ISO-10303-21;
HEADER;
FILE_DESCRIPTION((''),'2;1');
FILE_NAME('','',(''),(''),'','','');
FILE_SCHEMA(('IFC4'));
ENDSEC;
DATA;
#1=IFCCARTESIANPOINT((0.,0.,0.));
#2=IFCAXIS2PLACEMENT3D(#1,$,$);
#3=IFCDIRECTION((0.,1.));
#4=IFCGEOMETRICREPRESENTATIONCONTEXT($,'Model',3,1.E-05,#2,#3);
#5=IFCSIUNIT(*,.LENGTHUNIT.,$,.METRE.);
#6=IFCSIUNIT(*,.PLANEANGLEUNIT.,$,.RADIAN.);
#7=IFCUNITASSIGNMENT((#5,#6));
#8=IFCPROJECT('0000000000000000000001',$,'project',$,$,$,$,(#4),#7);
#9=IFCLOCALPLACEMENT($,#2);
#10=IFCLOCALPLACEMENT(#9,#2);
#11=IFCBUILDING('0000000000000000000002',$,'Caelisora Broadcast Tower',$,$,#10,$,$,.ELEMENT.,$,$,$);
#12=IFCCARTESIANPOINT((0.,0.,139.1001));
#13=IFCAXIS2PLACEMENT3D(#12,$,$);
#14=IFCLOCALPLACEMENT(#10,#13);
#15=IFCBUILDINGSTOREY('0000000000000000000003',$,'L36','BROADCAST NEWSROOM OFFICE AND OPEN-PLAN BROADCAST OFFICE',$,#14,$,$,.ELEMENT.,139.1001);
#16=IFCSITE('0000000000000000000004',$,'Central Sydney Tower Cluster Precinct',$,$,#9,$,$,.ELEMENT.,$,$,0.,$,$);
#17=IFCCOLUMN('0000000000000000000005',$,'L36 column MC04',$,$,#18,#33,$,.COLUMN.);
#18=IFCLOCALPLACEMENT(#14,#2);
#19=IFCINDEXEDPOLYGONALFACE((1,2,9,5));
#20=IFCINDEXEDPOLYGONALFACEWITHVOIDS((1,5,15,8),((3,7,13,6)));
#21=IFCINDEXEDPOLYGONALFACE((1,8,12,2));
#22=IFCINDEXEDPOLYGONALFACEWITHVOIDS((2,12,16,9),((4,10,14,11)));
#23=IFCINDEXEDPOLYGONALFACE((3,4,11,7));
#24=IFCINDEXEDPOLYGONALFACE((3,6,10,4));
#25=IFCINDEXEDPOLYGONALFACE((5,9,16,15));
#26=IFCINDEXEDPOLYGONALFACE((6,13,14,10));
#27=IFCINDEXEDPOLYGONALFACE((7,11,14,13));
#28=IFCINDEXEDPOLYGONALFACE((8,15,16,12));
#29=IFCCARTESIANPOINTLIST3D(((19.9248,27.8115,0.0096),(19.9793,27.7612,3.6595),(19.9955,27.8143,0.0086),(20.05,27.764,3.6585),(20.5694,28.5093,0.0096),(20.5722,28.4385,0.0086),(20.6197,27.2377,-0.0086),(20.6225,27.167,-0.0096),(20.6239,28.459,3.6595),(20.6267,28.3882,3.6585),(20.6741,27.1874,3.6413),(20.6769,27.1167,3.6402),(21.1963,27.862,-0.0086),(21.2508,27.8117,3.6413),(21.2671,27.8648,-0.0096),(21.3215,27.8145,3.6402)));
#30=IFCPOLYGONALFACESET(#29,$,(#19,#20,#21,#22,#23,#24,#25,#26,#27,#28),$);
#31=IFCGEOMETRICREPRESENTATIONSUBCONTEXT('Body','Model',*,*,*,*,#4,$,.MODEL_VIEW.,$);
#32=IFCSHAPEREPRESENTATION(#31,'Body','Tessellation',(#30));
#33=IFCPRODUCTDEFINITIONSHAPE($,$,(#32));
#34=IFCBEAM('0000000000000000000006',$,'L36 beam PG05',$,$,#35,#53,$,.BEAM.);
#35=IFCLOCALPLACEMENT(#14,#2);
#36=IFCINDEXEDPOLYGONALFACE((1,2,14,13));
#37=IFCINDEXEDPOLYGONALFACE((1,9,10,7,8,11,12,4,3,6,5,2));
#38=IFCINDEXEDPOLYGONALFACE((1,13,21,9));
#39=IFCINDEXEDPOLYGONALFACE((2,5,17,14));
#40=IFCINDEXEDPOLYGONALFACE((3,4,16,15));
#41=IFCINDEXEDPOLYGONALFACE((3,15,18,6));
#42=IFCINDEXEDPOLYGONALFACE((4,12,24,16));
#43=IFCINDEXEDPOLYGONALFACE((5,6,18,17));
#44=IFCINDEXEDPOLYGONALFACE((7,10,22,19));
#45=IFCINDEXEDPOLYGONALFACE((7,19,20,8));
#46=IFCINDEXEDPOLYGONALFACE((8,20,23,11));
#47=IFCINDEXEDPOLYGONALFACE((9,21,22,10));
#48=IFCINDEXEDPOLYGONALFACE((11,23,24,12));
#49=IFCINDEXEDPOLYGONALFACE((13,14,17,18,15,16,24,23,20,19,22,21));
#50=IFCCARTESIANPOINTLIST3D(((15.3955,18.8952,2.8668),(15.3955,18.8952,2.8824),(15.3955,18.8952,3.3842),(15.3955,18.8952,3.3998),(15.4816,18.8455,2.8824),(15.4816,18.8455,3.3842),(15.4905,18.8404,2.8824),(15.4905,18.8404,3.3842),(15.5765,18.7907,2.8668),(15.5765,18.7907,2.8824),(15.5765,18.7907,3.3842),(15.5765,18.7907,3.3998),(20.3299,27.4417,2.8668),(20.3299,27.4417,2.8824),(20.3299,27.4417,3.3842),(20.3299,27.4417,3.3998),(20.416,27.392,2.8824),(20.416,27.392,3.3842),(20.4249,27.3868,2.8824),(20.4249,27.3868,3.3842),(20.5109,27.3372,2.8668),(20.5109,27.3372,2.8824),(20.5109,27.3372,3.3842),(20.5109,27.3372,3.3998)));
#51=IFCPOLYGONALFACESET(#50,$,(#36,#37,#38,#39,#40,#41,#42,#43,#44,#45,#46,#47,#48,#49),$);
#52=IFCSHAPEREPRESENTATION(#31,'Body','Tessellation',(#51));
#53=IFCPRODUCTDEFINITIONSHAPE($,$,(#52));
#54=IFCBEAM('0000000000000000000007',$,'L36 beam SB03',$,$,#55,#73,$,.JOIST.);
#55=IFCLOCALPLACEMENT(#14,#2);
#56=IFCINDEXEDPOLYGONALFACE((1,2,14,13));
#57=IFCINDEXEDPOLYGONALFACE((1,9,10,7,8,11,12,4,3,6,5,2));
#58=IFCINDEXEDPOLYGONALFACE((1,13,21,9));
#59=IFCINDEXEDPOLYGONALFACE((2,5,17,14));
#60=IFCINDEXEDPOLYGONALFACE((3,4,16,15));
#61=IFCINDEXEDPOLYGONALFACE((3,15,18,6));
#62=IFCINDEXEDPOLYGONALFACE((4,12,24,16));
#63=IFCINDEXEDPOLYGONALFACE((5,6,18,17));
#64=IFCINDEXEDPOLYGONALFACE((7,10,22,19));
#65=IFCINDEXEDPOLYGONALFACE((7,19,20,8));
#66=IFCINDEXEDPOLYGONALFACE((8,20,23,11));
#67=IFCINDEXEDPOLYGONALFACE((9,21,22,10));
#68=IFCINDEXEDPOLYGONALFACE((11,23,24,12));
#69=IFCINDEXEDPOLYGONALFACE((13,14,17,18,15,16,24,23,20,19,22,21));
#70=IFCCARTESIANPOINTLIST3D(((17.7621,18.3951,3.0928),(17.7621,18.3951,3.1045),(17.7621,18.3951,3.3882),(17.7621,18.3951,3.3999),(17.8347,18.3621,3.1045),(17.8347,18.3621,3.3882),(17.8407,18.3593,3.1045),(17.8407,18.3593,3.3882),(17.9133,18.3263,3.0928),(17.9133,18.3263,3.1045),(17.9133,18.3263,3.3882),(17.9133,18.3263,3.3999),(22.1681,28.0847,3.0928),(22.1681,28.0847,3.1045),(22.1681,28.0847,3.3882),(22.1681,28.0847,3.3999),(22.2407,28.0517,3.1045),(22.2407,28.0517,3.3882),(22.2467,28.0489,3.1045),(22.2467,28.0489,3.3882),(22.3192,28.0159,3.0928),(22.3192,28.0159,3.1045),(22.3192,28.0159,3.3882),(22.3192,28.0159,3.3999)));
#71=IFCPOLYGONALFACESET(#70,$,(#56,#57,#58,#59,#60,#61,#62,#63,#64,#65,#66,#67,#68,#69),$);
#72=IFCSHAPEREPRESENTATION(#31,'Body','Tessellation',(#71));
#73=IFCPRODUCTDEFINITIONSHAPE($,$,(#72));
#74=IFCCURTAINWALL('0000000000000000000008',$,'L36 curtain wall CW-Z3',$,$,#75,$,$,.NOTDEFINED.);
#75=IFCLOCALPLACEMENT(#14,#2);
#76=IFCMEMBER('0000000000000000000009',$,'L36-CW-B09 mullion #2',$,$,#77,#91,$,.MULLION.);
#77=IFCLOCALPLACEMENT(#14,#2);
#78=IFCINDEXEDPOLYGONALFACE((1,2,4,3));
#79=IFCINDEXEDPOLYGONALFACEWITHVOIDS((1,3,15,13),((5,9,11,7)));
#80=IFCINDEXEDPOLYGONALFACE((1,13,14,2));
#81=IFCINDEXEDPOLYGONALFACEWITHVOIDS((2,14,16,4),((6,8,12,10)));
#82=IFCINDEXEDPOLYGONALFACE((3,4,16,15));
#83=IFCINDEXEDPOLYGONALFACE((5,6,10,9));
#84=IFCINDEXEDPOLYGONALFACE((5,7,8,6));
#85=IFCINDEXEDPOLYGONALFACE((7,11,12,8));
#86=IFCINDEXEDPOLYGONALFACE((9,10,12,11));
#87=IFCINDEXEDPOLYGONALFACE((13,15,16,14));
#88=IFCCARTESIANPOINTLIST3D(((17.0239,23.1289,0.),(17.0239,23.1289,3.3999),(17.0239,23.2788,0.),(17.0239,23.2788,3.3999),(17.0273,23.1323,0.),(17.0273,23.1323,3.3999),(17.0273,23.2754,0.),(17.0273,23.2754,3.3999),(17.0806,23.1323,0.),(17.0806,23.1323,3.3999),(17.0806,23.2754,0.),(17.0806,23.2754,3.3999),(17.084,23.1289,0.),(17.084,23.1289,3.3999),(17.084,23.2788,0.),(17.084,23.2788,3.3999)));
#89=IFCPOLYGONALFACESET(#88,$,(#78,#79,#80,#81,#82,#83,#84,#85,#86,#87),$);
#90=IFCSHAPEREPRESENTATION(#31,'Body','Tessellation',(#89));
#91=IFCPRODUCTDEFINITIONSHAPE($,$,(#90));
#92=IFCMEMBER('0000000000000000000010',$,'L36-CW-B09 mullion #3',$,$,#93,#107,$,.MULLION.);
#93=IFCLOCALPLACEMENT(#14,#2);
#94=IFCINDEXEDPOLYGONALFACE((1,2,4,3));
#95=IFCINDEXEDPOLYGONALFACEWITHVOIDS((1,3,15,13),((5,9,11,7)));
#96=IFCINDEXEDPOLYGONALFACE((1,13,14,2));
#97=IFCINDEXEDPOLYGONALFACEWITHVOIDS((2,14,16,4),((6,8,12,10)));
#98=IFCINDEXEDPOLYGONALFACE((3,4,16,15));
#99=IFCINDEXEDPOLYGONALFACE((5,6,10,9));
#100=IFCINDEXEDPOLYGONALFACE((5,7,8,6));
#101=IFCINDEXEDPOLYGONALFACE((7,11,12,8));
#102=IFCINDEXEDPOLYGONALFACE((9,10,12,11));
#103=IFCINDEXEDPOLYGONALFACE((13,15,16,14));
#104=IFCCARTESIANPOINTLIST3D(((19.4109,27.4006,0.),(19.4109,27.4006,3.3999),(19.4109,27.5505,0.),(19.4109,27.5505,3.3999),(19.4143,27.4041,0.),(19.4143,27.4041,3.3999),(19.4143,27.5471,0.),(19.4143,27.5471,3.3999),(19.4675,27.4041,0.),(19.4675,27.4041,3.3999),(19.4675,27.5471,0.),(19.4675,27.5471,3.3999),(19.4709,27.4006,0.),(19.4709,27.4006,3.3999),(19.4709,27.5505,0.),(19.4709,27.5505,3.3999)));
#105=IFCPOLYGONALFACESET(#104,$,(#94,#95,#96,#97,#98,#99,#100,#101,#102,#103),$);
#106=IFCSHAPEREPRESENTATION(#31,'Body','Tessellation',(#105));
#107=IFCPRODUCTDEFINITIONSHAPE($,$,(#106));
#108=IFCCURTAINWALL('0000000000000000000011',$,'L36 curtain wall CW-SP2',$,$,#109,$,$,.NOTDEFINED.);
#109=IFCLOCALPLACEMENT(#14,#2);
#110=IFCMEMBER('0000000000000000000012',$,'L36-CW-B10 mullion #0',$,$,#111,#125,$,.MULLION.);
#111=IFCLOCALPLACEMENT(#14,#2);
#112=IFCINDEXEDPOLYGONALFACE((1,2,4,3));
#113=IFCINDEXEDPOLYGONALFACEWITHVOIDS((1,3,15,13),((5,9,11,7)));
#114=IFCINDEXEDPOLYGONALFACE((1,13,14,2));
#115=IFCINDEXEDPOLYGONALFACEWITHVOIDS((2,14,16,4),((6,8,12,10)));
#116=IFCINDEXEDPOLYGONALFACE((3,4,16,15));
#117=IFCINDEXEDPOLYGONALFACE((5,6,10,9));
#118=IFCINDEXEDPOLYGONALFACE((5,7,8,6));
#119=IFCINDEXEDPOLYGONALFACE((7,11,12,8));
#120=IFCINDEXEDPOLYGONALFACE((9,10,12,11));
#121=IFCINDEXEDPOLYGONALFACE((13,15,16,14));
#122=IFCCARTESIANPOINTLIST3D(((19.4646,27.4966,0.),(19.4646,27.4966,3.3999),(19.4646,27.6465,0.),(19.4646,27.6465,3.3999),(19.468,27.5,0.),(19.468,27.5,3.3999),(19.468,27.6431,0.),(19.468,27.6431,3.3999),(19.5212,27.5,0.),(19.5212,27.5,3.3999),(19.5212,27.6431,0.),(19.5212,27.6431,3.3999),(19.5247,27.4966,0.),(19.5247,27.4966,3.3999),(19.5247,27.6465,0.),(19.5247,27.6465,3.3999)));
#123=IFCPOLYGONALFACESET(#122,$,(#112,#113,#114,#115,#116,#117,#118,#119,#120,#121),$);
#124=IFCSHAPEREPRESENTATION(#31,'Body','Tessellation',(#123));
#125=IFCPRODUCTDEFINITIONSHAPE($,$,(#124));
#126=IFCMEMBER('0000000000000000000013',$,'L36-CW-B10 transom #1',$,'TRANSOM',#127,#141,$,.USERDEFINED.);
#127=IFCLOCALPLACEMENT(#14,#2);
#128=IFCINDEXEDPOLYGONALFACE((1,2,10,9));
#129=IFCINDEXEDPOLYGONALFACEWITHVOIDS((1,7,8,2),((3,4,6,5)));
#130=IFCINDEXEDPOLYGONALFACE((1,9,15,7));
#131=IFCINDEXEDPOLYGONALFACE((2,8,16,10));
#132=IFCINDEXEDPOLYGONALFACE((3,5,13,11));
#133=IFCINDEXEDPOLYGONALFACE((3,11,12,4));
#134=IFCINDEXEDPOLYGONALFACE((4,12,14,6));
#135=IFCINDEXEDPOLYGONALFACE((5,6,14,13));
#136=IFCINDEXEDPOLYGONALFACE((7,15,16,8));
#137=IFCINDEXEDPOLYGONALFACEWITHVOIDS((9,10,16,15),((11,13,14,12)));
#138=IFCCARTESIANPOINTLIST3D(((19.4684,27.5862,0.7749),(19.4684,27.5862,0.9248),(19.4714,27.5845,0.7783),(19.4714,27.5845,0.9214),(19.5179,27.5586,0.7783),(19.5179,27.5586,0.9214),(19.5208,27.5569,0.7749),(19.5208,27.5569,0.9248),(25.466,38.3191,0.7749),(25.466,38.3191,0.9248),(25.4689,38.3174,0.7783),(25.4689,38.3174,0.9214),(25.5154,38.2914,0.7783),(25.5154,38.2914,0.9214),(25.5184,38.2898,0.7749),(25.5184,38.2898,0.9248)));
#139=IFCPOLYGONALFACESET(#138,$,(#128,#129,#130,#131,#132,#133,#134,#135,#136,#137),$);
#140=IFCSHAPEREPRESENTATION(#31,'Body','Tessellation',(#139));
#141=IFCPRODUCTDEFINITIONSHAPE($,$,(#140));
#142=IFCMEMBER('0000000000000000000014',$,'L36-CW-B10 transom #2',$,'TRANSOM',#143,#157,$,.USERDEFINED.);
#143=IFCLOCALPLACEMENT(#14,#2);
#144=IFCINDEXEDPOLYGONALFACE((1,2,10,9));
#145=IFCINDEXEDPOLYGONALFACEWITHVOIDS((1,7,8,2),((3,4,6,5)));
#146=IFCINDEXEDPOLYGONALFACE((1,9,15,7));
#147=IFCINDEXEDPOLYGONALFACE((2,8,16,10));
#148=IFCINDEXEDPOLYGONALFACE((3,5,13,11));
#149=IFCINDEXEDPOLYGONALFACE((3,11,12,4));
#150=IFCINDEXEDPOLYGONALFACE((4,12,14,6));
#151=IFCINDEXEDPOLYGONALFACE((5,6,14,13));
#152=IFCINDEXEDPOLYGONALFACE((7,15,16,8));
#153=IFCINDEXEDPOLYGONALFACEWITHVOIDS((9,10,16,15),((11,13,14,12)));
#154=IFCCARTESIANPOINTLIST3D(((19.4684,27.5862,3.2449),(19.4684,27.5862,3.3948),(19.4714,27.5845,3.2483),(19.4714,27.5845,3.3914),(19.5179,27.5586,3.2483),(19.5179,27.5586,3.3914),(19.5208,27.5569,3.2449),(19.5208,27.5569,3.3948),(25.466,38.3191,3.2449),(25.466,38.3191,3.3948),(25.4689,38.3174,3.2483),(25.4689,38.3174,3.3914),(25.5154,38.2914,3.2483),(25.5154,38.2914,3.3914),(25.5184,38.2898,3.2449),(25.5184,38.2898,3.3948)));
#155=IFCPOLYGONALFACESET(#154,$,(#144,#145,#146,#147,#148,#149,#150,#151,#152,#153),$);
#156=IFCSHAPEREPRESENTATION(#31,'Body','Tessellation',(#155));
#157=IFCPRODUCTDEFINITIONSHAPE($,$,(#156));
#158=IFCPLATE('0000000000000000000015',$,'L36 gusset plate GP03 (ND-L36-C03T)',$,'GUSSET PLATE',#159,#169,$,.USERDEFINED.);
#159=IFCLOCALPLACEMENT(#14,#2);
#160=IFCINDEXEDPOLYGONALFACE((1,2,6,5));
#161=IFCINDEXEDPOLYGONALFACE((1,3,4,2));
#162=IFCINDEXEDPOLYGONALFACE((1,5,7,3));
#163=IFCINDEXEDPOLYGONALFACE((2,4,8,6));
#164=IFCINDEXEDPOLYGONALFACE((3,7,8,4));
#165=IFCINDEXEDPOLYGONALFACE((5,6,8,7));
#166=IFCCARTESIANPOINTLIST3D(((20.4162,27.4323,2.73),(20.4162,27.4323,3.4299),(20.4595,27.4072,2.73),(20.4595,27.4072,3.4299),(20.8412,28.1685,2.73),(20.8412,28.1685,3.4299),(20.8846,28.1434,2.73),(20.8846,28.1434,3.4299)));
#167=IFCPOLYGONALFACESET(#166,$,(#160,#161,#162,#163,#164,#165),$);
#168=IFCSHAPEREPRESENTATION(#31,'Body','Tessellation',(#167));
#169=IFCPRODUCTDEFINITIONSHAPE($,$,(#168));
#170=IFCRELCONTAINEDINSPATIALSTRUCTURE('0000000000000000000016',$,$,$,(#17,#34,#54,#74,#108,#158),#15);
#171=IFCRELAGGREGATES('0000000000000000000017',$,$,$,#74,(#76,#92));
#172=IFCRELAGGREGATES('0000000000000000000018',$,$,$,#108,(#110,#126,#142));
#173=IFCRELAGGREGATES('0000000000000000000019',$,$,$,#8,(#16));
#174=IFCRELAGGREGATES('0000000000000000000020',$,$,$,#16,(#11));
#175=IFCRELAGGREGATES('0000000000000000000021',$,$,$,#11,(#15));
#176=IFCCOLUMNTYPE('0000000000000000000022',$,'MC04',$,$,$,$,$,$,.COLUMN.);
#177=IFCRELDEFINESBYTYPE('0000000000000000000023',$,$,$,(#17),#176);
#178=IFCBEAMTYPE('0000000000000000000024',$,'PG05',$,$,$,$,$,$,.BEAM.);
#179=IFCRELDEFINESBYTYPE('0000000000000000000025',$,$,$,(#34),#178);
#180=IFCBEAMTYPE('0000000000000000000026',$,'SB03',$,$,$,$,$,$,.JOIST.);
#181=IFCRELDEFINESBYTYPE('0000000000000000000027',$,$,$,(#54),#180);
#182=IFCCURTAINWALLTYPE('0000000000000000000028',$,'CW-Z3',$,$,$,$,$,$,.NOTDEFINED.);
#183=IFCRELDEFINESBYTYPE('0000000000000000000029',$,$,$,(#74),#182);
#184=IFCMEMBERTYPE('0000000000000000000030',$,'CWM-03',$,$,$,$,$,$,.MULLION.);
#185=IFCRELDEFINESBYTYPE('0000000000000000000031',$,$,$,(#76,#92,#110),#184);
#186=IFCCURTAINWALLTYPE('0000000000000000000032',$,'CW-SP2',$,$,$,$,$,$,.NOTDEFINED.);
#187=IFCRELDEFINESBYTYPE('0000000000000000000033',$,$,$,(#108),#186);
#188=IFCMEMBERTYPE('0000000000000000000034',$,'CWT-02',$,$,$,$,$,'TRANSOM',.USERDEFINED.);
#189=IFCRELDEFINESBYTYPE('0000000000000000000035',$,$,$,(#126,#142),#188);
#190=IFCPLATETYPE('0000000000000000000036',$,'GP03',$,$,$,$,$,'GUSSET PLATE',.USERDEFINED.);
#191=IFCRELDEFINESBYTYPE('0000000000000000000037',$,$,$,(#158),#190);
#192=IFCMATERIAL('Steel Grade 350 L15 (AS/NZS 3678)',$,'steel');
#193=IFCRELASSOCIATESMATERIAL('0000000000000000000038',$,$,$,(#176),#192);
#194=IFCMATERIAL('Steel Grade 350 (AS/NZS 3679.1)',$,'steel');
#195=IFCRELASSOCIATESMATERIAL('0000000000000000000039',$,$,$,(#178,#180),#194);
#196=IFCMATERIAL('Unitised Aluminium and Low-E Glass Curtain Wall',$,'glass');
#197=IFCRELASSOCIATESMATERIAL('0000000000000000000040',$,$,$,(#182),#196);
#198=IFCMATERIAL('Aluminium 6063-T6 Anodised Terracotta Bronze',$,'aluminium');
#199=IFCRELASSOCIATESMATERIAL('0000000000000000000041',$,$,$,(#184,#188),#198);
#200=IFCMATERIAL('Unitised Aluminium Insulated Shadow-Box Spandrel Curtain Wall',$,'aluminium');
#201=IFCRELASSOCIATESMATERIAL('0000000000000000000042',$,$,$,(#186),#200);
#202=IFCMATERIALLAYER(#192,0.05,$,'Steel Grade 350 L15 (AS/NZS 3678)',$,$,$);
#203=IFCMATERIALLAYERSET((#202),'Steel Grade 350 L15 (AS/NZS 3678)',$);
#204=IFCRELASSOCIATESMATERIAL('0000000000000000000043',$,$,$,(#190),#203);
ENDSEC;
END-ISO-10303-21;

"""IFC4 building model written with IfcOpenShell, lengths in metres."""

from ifc_helpers import new_model, si_unit, direction, frame, origin, origin_2d, place, context, subcontext, project, spatial, rectangle, hollow_rectangle, i_section, extrude, source, transform, mapped, material, layer, layer_set, material_profile, profile_set, type_object, type_shapes, element, aggregate, save


model = new_model("IFC4")

# Units and contexts
model_context = context("Model", 3, precision=1e-05, world=origin(), true_north=direction((0.0, 1.0)))
body_context = subcontext(model_context, "Body", "Model", "MODEL_VIEW")
ifc_project = project(units=[si_unit("LENGTHUNIT", "METRE"), si_unit("PLANEANGLEUNIT", "RADIAN")], contexts=[model_context])

# Site, building, storey
site_placement = place(None, origin())
site = spatial("IfcSite", under=ifc_project, at=site_placement, Name="Central Sydney Tower Cluster Precinct", CompositionType="ELEMENT", RefElevation=0.0)
building_placement = place(site_placement, origin())
building = spatial("IfcBuilding", under=site, at=building_placement, Name="Caelisora Broadcast Tower", CompositionType="ELEMENT")
storey_placement = place(building_placement, frame((0.0, 0.0, 139.1001)))
storey = spatial("IfcBuildingStorey", under=building, at=storey_placement, Name="L36", Description="BROADCAST NEWSROOM OFFICE AND OPEN-PLAN BROADCAST OFFICE", CompositionType="ELEMENT", Elevation=139.1001)

# Column
ifc_material_1 = material(Name="Steel Grade 350 L15 (AS/NZS 3678)", Category="steel")
ifc_material_profile_1 = material_profile(ifc_material_1, hollow_rectangle(XDim=0.95, YDim=0.95, WallThickness=0.05, at=origin_2d()), Name="Steel Grade 350 L15 (AS/NZS 3678)")
ifc_profile_set_1 = profile_set([ifc_material_profile_1], Name="Steel Grade 350 L15 (AS/NZS 3678)")
column_type = type_object("IfcColumnType", Name="MC04", PredefinedType="COLUMN", material=ifc_profile_set_1)
shared_shape_1 = source(origin(), body_context, "Body", "SweptSolid", [
    extrude(hollow_rectangle(XDim=0.95, YDim=0.95, WallThickness=0.05, at=origin_2d()), origin(), (0.0, 0.0, 1.0), 3.6506),
])
type_shapes(column_type, [shared_shape_1])
column_placement = place(storey_placement, frame((20.5959, 27.8381, 0.0), z_axis=(0.014913, -0.013776, 0.999794), x_axis=(0.678554, 0.734551, 0.0)))
element("IfcColumn", 1, at=column_placement, inside=storey, type_object=column_type, Name="L36 column MC04", PredefinedType="COLUMN", context=body_context, shape_type="MappedRepresentation", body=[
    mapped(shared_shape_1, transform((0.0, 0.0, 0.0), scale=1.0)),
])

# Beams
ifc_material_2 = material(Name="Steel Grade 350 (AS/NZS 3679.1)", Category="steel")
ifc_material_profile_2 = material_profile(ifc_material_2, i_section(OverallWidth=0.209, OverallDepth=0.533, WebThickness=0.0103, FlangeThickness=0.0156, at=origin_2d()), Name="Steel Grade 350 (AS/NZS 3679.1)")
ifc_profile_set_2 = profile_set([ifc_material_profile_2], Name="Steel Grade 350 (AS/NZS 3679.1)")
beam_type_1 = type_object("IfcBeamType", Name="PG05", PredefinedType="BEAM", material=ifc_profile_set_2)
shared_shape_2 = source(origin(), body_context, "Body", "SweptSolid", [
    extrude(i_section(OverallWidth=0.209, OverallDepth=0.533, WebThickness=0.0103, FlangeThickness=0.0156, at=origin_2d()), origin(), (0.0, 0.0, 1.0), 9.8687),
])
type_shapes(beam_type_1, [shared_shape_2])
beam_1_placement = place(storey_placement, frame((20.4204, 27.3894, 3.1333), z_axis=(-0.500005, -0.866022, 0.0), x_axis=(0.866022, -0.500005, 0.0)))
element("IfcBeam", 2, at=beam_1_placement, inside=storey, type_object=beam_type_1, Name="L36 beam PG05", PredefinedType="BEAM", context=body_context, shape_type="MappedRepresentation", body=[
    mapped(shared_shape_2, transform((0.0, 0.0, 0.0), scale=1.0)),
])
ifc_material_profile_3 = material_profile(ifc_material_2, i_section(OverallWidth=0.166, OverallDepth=0.3071, WebThickness=0.0066, FlangeThickness=0.0117, at=origin_2d()), Name="Steel Grade 350 (AS/NZS 3679.1)")
ifc_profile_set_3 = profile_set([ifc_material_profile_3], Name="Steel Grade 350 (AS/NZS 3679.1)")
beam_type_2 = type_object("IfcBeamType", Name="SB03", PredefinedType="JOIST", material=ifc_profile_set_3)
shared_shape_3 = source(origin(), body_context, "Body", "SweptSolid", [
    extrude(i_section(OverallWidth=0.166, OverallDepth=0.3071, WebThickness=0.0066, FlangeThickness=0.0117, at=origin_2d()), origin(), (0.0, 0.0, 1.0), 10.6443),
])
type_shapes(beam_type_2, [shared_shape_3])
beam_2_placement = place(storey_placement, frame((22.2437, 28.0503, 3.2463), z_axis=(-0.413927, -0.91031, 0.0), x_axis=(0.91031, -0.413927, 0.0)))
element("IfcBeam", 3, at=beam_2_placement, inside=storey, type_object=beam_type_2, Name="L36 beam SB03", PredefinedType="JOIST", context=body_context, shape_type="MappedRepresentation", body=[
    mapped(shared_shape_3, transform((0.0, 0.0, 0.0), scale=1.0)),
])

# Curtain walls, members
ifc_material_3 = material(Name="Unitised Aluminium and Low-E Glass Curtain Wall", Category="glass")
curtain_wall_type_1 = type_object("IfcCurtainWallType", Name="CW-Z3", PredefinedType="NOTDEFINED", material=ifc_material_3)
curtain_wall_1_placement = place(storey_placement, origin())
curtain_wall_1 = element("IfcCurtainWall", 4, at=curtain_wall_1_placement, inside=storey, type_object=curtain_wall_type_1, Name="L36 curtain wall CW-Z3", PredefinedType="NOTDEFINED")
ifc_material_4 = material(Name="Aluminium 6063-T6 Anodised Terracotta Bronze", Category="aluminium")
ifc_material_profile_4 = material_profile(ifc_material_4, hollow_rectangle(XDim=0.0601, YDim=0.1499, WallThickness=0.0034, at=origin_2d()), Name="Aluminium 6063-T6 Anodised Terracotta Bronze")
ifc_profile_set_4 = profile_set([ifc_material_profile_4], Name="Aluminium 6063-T6 Anodised Terracotta Bronze")
member_type_1 = type_object("IfcMemberType", Name="CWM-03", PredefinedType="MULLION", material=ifc_profile_set_4)
shared_shape_4 = source(origin(), body_context, "Body", "SweptSolid", [
    extrude(hollow_rectangle(XDim=0.0601, YDim=0.1499, WallThickness=0.0034, at=origin_2d()), origin(), (0.0, 0.0, 1.0), 3.3999),
])
type_shapes(member_type_1, [shared_shape_4])
member_1_placement = place(storey_placement, frame((17.054, 23.2039, 0.0), z_axis=(0.0, 0.0, 1.0), x_axis=(1.0, 0.0, 0.0)))
member_1 = element("IfcMember", 5, at=member_1_placement, type_object=member_type_1, Name="L36-CW-B09 mullion #2", PredefinedType="MULLION", context=body_context, shape_type="MappedRepresentation", body=[
    mapped(shared_shape_4, transform((0.0, 0.0, 0.0), scale=1.0)),
])
member_2_placement = place(storey_placement, frame((19.4409, 27.4756, 0.0), z_axis=(0.0, 0.0, 1.0), x_axis=(1.0, 0.0, 0.0)))
member_2 = element("IfcMember", 6, at=member_2_placement, type_object=member_type_1, Name="L36-CW-B09 mullion #3", PredefinedType="MULLION", context=body_context, shape_type="MappedRepresentation", body=[
    mapped(shared_shape_4, transform((0.0, 0.0, 0.0), scale=1.0)),
])
ifc_material_5 = material(Name="Unitised Aluminium Insulated Shadow-Box Spandrel Curtain Wall", Category="aluminium")
curtain_wall_type_2 = type_object("IfcCurtainWallType", Name="CW-SP2", PredefinedType="NOTDEFINED", material=ifc_material_5)
curtain_wall_2_placement = place(storey_placement, origin())
curtain_wall_2 = element("IfcCurtainWall", 7, at=curtain_wall_2_placement, inside=storey, type_object=curtain_wall_type_2, Name="L36 curtain wall CW-SP2", PredefinedType="NOTDEFINED")
member_3_placement = place(storey_placement, frame((19.4946, 27.5715, 0.0), z_axis=(0.0, 0.0, 1.0), x_axis=(1.0, 0.0, 0.0)))
member_3 = element("IfcMember", 8, at=member_3_placement, type_object=member_type_1, Name="L36-CW-B10 mullion #0", PredefinedType="MULLION", context=body_context, shape_type="MappedRepresentation", body=[
    mapped(shared_shape_4, transform((0.0, 0.0, 0.0), scale=1.0)),
])
ifc_material_profile_5 = material_profile(ifc_material_4, hollow_rectangle(XDim=0.0601, YDim=0.1499, WallThickness=0.0034, at=origin_2d()), Name="Aluminium 6063-T6 Anodised Terracotta Bronze")
ifc_profile_set_5 = profile_set([ifc_material_profile_5], Name="Aluminium 6063-T6 Anodised Terracotta Bronze")
member_type_2 = type_object("IfcMemberType", Name="CWT-02", ElementType="TRANSOM", PredefinedType="USERDEFINED", material=ifc_profile_set_5)
shared_shape_5 = source(origin(), body_context, "Body", "SweptSolid", [
    extrude(hollow_rectangle(XDim=0.0601, YDim=0.1499, WallThickness=0.0034, at=origin_2d()), origin(), (0.0, 0.0, 1.0), 12.2949),
])
type_shapes(member_type_2, [shared_shape_5])
member_4_placement = place(storey_placement, frame((19.4946, 27.5715, 0.8499), z_axis=(0.487806, 0.872952, 0.0), x_axis=(-0.872952, 0.487806, 0.0)))
member_4 = element("IfcMember", 9, at=member_4_placement, type_object=member_type_2, Name="L36-CW-B10 transom #1", ObjectType="TRANSOM", PredefinedType="USERDEFINED", context=body_context, shape_type="MappedRepresentation", body=[
    mapped(shared_shape_5, transform((0.0, 0.0, 0.0), scale=1.0)),
])
member_5_placement = place(storey_placement, frame((19.4946, 27.5715, 3.3198), z_axis=(0.487806, 0.872952, 0.0), x_axis=(-0.872952, 0.487806, 0.0)))
member_5 = element("IfcMember", 10, at=member_5_placement, type_object=member_type_2, Name="L36-CW-B10 transom #2", ObjectType="TRANSOM", PredefinedType="USERDEFINED", context=body_context, shape_type="MappedRepresentation", body=[
    mapped(shared_shape_5, transform((0.0, 0.0, 0.0), scale=1.0)),
])

# Plate
ifc_layer_1 = layer(ifc_material_1, 0.05, Name="Steel Grade 350 L15 (AS/NZS 3678)")
ifc_layer_set_1 = layer_set([ifc_layer_1], Name="Steel Grade 350 L15 (AS/NZS 3678)")
plate_type_1 = type_object("IfcPlateType", Name="GP03", ElementType="GUSSET PLATE", PredefinedType="USERDEFINED", material=ifc_layer_set_1)
shared_shape_6 = source(origin(), body_context, "Body", "SweptSolid", [
    extrude(rectangle(XDim=0.8501, YDim=0.05, at=origin_2d()), origin(), (0.0, 0.0, 1.0), 0.7),
])
type_shapes(plate_type_1, [shared_shape_6])
plate_1_placement = place(storey_placement, frame((20.6504, 27.7878, 2.73), z_axis=(0.0, 0.0, 1.0), x_axis=(-0.5, -0.866025, 0.0)))
element("IfcPlate", 11, at=plate_1_placement, inside=storey, type_object=plate_type_1, Name="L36 gusset plate GP03 (ND-L36-C03T)", ObjectType="GUSSET PLATE", PredefinedType="USERDEFINED", context=body_context, shape_type="MappedRepresentation", body=[
    mapped(shared_shape_6, transform((0.0, 0.0, 0.0), scale=1.0)),
])
aggregate(curtain_wall_1, [member_1, member_2])
aggregate(curtain_wall_2, [member_3, member_4, member_5])

save(model, "model.ifc")
